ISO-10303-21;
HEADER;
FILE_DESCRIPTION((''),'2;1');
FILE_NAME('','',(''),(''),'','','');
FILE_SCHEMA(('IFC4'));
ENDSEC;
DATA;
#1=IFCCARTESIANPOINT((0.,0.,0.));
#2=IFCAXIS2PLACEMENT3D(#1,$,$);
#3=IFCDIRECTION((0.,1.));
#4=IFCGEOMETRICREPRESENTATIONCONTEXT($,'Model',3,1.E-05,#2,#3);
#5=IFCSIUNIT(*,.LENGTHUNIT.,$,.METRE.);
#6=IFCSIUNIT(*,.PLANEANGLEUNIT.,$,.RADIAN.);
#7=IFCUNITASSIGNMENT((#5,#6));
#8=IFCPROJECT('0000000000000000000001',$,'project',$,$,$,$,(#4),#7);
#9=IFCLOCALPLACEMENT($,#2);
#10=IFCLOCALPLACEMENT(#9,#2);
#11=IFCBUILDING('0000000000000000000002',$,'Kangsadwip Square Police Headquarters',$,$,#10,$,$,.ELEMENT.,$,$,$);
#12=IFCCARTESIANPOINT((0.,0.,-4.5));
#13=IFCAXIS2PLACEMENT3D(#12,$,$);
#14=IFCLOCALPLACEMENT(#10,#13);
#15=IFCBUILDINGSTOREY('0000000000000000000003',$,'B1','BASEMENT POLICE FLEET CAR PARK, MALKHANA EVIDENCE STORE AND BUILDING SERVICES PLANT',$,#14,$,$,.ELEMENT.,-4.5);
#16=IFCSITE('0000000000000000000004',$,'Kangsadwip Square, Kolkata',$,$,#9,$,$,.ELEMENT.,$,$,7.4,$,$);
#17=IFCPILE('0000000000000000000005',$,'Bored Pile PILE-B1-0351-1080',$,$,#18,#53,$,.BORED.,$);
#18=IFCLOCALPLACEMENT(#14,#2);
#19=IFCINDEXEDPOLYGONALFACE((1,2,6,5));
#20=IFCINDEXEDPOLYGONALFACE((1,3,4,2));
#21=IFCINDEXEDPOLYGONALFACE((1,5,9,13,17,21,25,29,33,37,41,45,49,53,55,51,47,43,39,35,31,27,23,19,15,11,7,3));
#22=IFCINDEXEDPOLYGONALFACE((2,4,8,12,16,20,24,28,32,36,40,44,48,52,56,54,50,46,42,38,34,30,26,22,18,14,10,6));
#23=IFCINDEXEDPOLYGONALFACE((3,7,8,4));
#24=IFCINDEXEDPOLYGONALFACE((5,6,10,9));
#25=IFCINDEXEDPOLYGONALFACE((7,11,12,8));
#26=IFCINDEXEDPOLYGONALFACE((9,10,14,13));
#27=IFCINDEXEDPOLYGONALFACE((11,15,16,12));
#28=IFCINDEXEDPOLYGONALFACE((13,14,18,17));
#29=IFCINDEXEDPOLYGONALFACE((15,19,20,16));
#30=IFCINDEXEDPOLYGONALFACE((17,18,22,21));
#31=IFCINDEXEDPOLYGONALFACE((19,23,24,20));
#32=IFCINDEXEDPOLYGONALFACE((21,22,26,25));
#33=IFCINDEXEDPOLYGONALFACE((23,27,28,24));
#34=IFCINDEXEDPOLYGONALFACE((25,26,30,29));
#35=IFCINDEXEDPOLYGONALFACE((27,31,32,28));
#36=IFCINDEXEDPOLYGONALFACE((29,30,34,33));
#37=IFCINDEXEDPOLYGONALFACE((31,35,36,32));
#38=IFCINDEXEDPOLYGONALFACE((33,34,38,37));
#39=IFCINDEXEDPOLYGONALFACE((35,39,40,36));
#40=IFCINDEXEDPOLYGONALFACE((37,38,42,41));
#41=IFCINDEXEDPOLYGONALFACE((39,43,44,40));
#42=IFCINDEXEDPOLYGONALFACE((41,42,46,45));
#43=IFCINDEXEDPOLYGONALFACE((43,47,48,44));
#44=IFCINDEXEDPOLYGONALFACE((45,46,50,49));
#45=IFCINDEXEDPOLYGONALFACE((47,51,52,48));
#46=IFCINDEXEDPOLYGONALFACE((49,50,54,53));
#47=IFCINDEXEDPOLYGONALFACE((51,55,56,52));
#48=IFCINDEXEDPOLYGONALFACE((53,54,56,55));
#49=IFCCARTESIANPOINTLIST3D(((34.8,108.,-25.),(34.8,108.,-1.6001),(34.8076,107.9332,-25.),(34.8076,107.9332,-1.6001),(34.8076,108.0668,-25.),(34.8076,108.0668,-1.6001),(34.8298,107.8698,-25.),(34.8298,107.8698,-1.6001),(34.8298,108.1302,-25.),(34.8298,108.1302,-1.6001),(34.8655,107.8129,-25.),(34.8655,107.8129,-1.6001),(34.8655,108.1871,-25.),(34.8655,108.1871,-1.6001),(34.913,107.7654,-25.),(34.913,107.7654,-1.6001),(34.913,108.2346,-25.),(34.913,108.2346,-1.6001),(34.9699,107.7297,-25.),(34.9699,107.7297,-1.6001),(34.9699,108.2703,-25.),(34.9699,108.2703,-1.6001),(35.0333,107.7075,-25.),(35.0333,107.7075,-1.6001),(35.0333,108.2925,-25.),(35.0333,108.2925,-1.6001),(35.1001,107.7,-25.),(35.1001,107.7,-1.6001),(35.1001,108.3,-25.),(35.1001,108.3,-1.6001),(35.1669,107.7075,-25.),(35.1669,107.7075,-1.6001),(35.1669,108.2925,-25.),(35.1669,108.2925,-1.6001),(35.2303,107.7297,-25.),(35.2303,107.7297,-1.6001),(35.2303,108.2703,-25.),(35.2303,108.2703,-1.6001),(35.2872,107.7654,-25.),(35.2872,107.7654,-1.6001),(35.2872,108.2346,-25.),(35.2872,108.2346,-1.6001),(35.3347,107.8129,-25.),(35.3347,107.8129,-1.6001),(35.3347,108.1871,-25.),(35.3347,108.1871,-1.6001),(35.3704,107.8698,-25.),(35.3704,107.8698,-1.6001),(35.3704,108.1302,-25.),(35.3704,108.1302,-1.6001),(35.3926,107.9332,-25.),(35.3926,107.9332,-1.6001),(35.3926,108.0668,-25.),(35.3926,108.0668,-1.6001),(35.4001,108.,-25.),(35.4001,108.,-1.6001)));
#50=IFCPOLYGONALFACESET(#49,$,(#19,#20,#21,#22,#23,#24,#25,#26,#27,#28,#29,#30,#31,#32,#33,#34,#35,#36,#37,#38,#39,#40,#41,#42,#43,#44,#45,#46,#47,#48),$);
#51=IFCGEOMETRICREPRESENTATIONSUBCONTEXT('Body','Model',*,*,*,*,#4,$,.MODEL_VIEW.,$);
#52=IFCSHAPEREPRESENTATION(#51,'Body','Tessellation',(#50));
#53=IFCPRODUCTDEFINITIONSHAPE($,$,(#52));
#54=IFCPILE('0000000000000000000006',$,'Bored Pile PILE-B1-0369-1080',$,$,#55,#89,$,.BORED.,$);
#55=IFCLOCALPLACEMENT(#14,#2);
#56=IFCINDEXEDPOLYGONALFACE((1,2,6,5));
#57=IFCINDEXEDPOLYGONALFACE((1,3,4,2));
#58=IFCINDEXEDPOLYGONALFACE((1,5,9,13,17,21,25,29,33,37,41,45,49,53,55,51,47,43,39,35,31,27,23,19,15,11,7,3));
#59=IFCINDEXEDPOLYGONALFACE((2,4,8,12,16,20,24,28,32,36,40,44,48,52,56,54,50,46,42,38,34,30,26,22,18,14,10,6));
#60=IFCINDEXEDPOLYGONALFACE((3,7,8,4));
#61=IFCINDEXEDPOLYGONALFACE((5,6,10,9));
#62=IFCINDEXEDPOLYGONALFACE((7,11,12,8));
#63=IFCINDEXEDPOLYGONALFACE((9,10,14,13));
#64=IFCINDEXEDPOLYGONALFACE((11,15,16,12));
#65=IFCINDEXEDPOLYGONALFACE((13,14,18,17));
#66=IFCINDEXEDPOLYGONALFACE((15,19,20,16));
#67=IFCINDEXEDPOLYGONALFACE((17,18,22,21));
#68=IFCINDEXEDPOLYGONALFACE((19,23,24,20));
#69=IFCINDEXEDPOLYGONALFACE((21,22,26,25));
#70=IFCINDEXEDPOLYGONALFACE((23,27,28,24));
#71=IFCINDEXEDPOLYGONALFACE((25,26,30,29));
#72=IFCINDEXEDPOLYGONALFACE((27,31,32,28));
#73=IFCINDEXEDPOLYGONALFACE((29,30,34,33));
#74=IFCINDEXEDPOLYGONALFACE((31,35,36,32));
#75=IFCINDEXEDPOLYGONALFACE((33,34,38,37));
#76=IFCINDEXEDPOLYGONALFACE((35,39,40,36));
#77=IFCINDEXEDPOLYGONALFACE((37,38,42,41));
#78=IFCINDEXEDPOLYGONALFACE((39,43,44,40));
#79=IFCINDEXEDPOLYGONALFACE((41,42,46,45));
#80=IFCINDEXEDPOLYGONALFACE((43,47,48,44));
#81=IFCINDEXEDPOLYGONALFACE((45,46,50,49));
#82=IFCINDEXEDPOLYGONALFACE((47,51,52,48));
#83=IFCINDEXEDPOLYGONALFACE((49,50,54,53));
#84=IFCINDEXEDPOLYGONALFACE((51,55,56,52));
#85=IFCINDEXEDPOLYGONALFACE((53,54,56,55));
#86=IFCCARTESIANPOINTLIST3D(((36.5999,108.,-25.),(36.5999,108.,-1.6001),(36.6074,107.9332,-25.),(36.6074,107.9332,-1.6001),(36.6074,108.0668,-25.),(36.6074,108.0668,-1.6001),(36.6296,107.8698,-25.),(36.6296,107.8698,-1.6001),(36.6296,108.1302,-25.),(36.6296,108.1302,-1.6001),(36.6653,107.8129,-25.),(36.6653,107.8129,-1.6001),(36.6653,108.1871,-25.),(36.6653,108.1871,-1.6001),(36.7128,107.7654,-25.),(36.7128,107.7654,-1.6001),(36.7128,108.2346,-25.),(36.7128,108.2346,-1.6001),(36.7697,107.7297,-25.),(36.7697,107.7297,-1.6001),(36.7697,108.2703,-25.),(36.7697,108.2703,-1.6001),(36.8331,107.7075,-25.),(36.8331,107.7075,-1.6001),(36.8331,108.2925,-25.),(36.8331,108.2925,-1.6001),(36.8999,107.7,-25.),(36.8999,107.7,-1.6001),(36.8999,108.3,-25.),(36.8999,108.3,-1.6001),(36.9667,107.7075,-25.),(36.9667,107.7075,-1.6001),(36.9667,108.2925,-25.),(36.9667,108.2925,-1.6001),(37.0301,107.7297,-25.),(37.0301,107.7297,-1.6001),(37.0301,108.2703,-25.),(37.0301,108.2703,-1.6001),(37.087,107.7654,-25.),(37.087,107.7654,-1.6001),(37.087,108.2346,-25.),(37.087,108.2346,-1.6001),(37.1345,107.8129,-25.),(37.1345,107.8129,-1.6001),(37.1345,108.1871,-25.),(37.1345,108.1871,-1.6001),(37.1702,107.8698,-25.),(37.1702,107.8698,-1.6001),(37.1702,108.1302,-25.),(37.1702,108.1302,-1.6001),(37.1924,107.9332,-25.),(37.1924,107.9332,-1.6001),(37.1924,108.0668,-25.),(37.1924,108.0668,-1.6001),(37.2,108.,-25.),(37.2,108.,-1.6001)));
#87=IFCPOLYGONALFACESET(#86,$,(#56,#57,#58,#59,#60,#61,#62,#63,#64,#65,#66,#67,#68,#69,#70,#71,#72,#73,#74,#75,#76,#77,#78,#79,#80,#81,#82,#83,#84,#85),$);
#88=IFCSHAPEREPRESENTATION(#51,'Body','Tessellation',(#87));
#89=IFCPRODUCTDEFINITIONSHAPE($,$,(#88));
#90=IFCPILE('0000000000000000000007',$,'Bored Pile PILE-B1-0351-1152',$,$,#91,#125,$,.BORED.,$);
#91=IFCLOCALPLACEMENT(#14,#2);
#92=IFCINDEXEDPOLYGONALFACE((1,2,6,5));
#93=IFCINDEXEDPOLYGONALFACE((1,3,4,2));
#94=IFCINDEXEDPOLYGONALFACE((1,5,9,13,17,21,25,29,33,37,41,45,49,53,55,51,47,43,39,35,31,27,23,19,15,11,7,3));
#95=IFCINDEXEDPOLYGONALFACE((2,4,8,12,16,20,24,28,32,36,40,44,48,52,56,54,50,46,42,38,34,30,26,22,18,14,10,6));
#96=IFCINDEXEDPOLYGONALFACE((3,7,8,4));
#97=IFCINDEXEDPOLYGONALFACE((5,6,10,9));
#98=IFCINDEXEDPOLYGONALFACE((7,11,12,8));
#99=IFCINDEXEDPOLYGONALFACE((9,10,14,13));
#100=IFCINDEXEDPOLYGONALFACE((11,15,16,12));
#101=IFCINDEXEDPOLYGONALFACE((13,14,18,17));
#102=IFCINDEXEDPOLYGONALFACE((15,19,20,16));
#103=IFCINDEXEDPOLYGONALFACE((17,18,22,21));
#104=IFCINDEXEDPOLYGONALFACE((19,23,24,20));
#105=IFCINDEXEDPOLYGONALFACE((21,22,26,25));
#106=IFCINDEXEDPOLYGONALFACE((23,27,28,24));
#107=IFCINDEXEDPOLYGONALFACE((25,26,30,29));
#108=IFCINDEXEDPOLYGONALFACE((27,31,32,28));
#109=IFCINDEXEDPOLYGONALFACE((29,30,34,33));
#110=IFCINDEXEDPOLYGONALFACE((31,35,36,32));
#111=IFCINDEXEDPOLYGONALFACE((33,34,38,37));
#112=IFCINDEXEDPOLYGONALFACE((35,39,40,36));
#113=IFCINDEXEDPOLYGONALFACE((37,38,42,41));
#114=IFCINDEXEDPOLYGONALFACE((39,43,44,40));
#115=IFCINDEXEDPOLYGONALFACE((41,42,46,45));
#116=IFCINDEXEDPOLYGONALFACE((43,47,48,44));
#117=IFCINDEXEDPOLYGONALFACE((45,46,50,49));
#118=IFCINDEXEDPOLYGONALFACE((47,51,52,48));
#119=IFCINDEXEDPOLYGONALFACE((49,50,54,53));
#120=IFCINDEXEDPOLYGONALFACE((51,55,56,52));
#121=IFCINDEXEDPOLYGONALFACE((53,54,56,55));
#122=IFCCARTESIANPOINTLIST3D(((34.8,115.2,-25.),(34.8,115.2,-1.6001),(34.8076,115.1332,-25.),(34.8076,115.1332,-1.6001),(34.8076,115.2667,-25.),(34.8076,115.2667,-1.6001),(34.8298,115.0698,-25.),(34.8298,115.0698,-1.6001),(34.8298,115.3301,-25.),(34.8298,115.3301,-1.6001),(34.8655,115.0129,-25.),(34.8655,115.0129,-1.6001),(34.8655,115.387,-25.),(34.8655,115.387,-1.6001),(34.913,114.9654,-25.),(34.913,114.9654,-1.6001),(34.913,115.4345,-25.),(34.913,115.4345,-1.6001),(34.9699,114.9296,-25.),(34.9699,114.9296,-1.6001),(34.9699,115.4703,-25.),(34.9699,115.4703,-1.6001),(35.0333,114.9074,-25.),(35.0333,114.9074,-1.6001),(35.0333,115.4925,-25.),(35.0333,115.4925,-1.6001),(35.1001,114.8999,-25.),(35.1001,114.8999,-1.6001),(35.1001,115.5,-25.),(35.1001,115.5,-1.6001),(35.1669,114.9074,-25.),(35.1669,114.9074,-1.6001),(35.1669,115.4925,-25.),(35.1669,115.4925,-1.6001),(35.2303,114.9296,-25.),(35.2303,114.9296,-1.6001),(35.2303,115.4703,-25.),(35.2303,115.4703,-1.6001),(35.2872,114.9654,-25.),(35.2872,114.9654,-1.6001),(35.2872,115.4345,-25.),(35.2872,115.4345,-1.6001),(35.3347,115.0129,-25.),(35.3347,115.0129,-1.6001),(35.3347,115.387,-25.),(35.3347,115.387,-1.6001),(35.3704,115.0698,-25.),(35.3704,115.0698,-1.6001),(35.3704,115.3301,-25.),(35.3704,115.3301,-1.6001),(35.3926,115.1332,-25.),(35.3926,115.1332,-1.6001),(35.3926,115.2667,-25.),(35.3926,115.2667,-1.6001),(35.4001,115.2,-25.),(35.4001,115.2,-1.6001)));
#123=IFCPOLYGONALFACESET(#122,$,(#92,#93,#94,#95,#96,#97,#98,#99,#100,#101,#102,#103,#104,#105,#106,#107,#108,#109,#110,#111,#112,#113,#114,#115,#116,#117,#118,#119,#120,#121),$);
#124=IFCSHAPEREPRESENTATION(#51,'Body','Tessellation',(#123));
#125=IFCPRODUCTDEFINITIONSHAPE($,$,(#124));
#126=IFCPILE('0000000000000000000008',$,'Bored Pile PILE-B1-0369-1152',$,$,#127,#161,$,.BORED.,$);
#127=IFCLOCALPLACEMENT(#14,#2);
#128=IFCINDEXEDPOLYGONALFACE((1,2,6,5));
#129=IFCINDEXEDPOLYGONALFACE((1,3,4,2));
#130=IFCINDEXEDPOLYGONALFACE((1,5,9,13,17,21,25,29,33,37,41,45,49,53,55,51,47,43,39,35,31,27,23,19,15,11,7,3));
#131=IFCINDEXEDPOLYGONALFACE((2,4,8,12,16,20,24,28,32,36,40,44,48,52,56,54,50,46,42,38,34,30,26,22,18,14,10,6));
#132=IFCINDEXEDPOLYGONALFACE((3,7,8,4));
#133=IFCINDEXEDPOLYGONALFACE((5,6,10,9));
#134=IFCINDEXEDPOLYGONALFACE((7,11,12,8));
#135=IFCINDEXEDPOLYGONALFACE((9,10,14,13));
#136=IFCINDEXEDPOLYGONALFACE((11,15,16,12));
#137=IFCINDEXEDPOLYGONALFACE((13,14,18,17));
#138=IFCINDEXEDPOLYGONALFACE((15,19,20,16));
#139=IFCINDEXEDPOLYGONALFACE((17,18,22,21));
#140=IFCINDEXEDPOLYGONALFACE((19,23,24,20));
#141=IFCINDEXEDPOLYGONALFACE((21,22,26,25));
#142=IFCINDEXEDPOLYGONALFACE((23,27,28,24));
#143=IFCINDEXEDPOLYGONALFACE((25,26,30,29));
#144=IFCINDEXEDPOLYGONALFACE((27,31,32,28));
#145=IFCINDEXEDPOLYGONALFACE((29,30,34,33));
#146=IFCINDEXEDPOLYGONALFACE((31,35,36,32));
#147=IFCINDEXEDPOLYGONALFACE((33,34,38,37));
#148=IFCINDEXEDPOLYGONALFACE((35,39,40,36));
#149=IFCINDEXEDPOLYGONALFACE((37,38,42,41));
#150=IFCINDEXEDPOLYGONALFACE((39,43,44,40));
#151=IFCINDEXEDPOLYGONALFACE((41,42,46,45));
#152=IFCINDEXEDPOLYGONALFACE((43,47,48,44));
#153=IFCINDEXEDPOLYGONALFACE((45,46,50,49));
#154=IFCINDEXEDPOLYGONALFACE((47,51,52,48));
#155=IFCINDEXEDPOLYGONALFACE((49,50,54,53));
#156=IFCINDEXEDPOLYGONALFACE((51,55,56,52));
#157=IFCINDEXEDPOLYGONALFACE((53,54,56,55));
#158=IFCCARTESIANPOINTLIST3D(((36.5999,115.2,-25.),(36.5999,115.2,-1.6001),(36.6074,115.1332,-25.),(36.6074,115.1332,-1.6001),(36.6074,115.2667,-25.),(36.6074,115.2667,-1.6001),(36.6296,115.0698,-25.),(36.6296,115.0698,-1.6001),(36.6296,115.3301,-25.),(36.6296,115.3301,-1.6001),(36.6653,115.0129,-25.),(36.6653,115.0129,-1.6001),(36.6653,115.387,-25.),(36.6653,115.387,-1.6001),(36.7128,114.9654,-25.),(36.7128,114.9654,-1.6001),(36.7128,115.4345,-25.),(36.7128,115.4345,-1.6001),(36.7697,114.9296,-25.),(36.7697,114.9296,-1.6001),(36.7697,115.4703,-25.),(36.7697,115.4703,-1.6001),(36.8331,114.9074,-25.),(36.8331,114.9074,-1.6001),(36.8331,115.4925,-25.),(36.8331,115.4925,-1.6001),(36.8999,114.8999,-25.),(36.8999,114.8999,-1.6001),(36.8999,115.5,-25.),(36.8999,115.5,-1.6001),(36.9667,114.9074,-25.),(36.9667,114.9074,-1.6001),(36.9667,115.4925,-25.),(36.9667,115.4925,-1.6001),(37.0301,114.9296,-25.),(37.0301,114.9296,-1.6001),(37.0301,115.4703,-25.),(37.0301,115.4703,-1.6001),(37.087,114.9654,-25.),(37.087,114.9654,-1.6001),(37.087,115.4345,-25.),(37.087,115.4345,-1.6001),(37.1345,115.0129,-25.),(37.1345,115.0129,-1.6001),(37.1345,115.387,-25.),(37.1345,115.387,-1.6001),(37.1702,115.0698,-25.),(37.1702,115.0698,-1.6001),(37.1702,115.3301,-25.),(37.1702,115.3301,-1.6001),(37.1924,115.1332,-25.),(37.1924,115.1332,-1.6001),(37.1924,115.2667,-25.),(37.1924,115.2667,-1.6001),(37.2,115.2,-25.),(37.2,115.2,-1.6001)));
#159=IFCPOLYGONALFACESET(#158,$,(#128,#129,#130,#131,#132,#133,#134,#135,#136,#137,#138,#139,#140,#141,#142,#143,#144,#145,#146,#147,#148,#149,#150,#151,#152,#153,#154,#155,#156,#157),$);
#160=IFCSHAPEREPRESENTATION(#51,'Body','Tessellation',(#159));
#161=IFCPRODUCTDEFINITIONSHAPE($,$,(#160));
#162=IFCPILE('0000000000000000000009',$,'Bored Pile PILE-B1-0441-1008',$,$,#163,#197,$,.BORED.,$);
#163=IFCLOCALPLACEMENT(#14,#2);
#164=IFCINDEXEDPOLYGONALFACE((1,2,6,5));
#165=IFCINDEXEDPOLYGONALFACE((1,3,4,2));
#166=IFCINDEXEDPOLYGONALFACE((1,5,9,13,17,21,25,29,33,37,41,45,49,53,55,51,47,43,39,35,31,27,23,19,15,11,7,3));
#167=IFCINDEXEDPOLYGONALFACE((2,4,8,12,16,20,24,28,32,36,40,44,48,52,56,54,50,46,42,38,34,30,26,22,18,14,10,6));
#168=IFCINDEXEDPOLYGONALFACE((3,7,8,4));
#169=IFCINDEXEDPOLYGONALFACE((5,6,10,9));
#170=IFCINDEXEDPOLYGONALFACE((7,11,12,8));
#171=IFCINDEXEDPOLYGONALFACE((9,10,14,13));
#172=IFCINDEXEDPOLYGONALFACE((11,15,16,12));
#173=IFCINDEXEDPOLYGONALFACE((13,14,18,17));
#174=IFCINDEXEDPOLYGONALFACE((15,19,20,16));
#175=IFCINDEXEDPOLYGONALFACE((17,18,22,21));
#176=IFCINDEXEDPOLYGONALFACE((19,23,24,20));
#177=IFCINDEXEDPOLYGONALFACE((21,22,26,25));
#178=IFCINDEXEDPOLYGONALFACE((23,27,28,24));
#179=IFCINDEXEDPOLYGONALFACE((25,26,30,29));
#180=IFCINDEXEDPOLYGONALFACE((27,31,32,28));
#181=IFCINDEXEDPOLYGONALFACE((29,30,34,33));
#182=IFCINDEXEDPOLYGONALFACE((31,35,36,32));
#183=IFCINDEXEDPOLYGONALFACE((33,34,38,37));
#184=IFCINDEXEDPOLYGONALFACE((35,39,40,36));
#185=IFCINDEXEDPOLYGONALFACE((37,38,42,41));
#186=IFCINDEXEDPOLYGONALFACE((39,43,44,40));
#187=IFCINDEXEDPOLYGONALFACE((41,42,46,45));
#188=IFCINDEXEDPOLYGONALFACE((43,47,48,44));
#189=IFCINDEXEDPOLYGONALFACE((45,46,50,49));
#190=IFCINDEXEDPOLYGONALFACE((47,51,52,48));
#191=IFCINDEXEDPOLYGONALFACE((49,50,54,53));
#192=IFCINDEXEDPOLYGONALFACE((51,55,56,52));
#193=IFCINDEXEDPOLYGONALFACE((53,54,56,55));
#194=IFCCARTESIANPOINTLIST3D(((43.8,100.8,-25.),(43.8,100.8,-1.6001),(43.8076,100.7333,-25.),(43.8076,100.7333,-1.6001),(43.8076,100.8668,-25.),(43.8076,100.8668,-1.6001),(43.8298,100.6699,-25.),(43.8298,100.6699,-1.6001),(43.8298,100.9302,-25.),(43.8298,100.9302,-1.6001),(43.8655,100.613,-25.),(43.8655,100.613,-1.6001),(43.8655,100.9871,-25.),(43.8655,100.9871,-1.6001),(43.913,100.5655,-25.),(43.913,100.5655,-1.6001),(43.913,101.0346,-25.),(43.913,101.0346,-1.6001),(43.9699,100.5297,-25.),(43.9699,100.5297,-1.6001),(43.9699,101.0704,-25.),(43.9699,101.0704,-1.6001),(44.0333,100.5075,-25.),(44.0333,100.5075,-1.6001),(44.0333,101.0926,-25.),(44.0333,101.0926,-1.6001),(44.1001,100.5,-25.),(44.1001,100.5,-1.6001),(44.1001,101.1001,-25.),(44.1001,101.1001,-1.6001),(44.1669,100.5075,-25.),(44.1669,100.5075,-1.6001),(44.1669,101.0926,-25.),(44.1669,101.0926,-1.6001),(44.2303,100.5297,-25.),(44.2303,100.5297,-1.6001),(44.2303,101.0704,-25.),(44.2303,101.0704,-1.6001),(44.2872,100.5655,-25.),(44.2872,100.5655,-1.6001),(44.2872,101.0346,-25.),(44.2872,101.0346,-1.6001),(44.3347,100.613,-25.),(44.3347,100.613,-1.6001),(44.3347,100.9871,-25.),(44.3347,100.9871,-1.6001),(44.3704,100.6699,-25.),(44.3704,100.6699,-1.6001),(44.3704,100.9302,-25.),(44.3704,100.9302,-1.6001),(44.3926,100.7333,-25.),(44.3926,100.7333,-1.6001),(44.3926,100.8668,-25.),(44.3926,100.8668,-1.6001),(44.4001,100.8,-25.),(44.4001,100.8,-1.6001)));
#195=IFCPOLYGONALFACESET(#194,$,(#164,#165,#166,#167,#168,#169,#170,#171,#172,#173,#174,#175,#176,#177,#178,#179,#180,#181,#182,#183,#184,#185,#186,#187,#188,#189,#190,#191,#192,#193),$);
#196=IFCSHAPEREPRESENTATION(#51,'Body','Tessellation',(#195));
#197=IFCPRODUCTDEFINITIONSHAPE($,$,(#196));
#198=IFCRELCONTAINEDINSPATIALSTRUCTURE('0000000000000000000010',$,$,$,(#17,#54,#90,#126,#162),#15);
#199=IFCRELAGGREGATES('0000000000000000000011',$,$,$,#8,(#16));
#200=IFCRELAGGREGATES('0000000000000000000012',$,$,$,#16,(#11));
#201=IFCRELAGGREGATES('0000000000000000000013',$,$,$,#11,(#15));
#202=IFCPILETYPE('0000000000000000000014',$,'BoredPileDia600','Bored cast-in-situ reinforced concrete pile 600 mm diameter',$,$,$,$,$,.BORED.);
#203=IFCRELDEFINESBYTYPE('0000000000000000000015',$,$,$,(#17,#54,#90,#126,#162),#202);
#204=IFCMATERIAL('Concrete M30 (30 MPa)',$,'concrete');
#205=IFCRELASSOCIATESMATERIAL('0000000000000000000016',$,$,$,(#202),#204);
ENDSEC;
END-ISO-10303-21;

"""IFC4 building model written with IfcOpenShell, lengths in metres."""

from ifc_helpers import new_model, si_unit, direction, frame, origin, origin_2d, place, context, subcontext, project, spatial, circle, extrude, material, material_profile, profile_set, type_object, element, save


model = new_model("IFC4")

# Units and contexts
model_context = context("Model", 3, precision=1e-05, world=origin(), true_north=direction((0.0, 1.0)))
body_context = subcontext(model_context, "Body", "Model", "MODEL_VIEW")
ifc_project = project(units=[si_unit("LENGTHUNIT", "METRE"), si_unit("PLANEANGLEUNIT", "RADIAN")], contexts=[model_context])

# Site, building, storey
site_placement = place(None, origin())
site = spatial("IfcSite", under=ifc_project, at=site_placement, Name="Kangsadwip Square, Kolkata", CompositionType="ELEMENT", RefElevation=7.4)
building_placement = place(site_placement, origin())
building = spatial("IfcBuilding", under=site, at=building_placement, Name="Kangsadwip Square Police Headquarters", CompositionType="ELEMENT")
storey_placement = place(building_placement, frame((0.0, 0.0, -4.5)))
storey = spatial("IfcBuildingStorey", under=building, at=storey_placement, Name="B1", Description="BASEMENT POLICE FLEET CAR PARK, MALKHANA EVIDENCE STORE AND BUILDING SERVICES PLANT", CompositionType="ELEMENT", Elevation=-4.5)

# Piles
ifc_material_1 = material(Name="Concrete M30 (30 MPa)", Category="concrete")
ifc_material_profile_1 = material_profile(ifc_material_1, circle(Radius=0.3, at=origin_2d()), Name="PILE DIA 600")
ifc_profile_set_1 = profile_set([ifc_material_profile_1], Name="Concrete M30 (30 MPa)")
pile_type = type_object("IfcPileType", Name="BoredPileDia600", Description="Bored cast-in-situ reinforced concrete pile 600 mm diameter", PredefinedType="BORED", material=ifc_profile_set_1)
for number, where, z_axis, x_axis, name in (
    (1, (35.1001, 108.0, -1.6001), (0.0, 0.0, -1.0), (1.0, 0.0, 0.0), "Bored Pile PILE-B1-0351-1080"),
    (2, (36.8999, 108.0, -1.6001), (0.0, 0.0, -1.0), (1.0, 0.0, 0.0), "Bored Pile PILE-B1-0369-1080"),
    (3, (35.1001, 115.2, -1.6001), (0.0, 0.0, -1.0), (1.0, 0.0, 0.0), "Bored Pile PILE-B1-0351-1152"),
    (4, (36.8999, 115.2, -1.6001), (0.0, 0.0, -1.0), (1.0, 0.0, 0.0), "Bored Pile PILE-B1-0369-1152"),
    (5, (44.1001, 100.8, -1.6001), (0.0, 0.0, -1.0), (1.0, 0.0, 0.0), "Bored Pile PILE-B1-0441-1008"),
):
    element("IfcPile", number, at=place(storey_placement, frame(where, z_axis=z_axis, x_axis=x_axis)), inside=storey, type_object=pile_type, Name=name, PredefinedType="BORED", context=body_context, shape_type="SweptSolid", body=[
        extrude(circle(Radius=0.3, at=origin_2d()), origin(), (0.0, 0.0, 1.0), 23.3999),
    ])

save(model, "model.ifc")
